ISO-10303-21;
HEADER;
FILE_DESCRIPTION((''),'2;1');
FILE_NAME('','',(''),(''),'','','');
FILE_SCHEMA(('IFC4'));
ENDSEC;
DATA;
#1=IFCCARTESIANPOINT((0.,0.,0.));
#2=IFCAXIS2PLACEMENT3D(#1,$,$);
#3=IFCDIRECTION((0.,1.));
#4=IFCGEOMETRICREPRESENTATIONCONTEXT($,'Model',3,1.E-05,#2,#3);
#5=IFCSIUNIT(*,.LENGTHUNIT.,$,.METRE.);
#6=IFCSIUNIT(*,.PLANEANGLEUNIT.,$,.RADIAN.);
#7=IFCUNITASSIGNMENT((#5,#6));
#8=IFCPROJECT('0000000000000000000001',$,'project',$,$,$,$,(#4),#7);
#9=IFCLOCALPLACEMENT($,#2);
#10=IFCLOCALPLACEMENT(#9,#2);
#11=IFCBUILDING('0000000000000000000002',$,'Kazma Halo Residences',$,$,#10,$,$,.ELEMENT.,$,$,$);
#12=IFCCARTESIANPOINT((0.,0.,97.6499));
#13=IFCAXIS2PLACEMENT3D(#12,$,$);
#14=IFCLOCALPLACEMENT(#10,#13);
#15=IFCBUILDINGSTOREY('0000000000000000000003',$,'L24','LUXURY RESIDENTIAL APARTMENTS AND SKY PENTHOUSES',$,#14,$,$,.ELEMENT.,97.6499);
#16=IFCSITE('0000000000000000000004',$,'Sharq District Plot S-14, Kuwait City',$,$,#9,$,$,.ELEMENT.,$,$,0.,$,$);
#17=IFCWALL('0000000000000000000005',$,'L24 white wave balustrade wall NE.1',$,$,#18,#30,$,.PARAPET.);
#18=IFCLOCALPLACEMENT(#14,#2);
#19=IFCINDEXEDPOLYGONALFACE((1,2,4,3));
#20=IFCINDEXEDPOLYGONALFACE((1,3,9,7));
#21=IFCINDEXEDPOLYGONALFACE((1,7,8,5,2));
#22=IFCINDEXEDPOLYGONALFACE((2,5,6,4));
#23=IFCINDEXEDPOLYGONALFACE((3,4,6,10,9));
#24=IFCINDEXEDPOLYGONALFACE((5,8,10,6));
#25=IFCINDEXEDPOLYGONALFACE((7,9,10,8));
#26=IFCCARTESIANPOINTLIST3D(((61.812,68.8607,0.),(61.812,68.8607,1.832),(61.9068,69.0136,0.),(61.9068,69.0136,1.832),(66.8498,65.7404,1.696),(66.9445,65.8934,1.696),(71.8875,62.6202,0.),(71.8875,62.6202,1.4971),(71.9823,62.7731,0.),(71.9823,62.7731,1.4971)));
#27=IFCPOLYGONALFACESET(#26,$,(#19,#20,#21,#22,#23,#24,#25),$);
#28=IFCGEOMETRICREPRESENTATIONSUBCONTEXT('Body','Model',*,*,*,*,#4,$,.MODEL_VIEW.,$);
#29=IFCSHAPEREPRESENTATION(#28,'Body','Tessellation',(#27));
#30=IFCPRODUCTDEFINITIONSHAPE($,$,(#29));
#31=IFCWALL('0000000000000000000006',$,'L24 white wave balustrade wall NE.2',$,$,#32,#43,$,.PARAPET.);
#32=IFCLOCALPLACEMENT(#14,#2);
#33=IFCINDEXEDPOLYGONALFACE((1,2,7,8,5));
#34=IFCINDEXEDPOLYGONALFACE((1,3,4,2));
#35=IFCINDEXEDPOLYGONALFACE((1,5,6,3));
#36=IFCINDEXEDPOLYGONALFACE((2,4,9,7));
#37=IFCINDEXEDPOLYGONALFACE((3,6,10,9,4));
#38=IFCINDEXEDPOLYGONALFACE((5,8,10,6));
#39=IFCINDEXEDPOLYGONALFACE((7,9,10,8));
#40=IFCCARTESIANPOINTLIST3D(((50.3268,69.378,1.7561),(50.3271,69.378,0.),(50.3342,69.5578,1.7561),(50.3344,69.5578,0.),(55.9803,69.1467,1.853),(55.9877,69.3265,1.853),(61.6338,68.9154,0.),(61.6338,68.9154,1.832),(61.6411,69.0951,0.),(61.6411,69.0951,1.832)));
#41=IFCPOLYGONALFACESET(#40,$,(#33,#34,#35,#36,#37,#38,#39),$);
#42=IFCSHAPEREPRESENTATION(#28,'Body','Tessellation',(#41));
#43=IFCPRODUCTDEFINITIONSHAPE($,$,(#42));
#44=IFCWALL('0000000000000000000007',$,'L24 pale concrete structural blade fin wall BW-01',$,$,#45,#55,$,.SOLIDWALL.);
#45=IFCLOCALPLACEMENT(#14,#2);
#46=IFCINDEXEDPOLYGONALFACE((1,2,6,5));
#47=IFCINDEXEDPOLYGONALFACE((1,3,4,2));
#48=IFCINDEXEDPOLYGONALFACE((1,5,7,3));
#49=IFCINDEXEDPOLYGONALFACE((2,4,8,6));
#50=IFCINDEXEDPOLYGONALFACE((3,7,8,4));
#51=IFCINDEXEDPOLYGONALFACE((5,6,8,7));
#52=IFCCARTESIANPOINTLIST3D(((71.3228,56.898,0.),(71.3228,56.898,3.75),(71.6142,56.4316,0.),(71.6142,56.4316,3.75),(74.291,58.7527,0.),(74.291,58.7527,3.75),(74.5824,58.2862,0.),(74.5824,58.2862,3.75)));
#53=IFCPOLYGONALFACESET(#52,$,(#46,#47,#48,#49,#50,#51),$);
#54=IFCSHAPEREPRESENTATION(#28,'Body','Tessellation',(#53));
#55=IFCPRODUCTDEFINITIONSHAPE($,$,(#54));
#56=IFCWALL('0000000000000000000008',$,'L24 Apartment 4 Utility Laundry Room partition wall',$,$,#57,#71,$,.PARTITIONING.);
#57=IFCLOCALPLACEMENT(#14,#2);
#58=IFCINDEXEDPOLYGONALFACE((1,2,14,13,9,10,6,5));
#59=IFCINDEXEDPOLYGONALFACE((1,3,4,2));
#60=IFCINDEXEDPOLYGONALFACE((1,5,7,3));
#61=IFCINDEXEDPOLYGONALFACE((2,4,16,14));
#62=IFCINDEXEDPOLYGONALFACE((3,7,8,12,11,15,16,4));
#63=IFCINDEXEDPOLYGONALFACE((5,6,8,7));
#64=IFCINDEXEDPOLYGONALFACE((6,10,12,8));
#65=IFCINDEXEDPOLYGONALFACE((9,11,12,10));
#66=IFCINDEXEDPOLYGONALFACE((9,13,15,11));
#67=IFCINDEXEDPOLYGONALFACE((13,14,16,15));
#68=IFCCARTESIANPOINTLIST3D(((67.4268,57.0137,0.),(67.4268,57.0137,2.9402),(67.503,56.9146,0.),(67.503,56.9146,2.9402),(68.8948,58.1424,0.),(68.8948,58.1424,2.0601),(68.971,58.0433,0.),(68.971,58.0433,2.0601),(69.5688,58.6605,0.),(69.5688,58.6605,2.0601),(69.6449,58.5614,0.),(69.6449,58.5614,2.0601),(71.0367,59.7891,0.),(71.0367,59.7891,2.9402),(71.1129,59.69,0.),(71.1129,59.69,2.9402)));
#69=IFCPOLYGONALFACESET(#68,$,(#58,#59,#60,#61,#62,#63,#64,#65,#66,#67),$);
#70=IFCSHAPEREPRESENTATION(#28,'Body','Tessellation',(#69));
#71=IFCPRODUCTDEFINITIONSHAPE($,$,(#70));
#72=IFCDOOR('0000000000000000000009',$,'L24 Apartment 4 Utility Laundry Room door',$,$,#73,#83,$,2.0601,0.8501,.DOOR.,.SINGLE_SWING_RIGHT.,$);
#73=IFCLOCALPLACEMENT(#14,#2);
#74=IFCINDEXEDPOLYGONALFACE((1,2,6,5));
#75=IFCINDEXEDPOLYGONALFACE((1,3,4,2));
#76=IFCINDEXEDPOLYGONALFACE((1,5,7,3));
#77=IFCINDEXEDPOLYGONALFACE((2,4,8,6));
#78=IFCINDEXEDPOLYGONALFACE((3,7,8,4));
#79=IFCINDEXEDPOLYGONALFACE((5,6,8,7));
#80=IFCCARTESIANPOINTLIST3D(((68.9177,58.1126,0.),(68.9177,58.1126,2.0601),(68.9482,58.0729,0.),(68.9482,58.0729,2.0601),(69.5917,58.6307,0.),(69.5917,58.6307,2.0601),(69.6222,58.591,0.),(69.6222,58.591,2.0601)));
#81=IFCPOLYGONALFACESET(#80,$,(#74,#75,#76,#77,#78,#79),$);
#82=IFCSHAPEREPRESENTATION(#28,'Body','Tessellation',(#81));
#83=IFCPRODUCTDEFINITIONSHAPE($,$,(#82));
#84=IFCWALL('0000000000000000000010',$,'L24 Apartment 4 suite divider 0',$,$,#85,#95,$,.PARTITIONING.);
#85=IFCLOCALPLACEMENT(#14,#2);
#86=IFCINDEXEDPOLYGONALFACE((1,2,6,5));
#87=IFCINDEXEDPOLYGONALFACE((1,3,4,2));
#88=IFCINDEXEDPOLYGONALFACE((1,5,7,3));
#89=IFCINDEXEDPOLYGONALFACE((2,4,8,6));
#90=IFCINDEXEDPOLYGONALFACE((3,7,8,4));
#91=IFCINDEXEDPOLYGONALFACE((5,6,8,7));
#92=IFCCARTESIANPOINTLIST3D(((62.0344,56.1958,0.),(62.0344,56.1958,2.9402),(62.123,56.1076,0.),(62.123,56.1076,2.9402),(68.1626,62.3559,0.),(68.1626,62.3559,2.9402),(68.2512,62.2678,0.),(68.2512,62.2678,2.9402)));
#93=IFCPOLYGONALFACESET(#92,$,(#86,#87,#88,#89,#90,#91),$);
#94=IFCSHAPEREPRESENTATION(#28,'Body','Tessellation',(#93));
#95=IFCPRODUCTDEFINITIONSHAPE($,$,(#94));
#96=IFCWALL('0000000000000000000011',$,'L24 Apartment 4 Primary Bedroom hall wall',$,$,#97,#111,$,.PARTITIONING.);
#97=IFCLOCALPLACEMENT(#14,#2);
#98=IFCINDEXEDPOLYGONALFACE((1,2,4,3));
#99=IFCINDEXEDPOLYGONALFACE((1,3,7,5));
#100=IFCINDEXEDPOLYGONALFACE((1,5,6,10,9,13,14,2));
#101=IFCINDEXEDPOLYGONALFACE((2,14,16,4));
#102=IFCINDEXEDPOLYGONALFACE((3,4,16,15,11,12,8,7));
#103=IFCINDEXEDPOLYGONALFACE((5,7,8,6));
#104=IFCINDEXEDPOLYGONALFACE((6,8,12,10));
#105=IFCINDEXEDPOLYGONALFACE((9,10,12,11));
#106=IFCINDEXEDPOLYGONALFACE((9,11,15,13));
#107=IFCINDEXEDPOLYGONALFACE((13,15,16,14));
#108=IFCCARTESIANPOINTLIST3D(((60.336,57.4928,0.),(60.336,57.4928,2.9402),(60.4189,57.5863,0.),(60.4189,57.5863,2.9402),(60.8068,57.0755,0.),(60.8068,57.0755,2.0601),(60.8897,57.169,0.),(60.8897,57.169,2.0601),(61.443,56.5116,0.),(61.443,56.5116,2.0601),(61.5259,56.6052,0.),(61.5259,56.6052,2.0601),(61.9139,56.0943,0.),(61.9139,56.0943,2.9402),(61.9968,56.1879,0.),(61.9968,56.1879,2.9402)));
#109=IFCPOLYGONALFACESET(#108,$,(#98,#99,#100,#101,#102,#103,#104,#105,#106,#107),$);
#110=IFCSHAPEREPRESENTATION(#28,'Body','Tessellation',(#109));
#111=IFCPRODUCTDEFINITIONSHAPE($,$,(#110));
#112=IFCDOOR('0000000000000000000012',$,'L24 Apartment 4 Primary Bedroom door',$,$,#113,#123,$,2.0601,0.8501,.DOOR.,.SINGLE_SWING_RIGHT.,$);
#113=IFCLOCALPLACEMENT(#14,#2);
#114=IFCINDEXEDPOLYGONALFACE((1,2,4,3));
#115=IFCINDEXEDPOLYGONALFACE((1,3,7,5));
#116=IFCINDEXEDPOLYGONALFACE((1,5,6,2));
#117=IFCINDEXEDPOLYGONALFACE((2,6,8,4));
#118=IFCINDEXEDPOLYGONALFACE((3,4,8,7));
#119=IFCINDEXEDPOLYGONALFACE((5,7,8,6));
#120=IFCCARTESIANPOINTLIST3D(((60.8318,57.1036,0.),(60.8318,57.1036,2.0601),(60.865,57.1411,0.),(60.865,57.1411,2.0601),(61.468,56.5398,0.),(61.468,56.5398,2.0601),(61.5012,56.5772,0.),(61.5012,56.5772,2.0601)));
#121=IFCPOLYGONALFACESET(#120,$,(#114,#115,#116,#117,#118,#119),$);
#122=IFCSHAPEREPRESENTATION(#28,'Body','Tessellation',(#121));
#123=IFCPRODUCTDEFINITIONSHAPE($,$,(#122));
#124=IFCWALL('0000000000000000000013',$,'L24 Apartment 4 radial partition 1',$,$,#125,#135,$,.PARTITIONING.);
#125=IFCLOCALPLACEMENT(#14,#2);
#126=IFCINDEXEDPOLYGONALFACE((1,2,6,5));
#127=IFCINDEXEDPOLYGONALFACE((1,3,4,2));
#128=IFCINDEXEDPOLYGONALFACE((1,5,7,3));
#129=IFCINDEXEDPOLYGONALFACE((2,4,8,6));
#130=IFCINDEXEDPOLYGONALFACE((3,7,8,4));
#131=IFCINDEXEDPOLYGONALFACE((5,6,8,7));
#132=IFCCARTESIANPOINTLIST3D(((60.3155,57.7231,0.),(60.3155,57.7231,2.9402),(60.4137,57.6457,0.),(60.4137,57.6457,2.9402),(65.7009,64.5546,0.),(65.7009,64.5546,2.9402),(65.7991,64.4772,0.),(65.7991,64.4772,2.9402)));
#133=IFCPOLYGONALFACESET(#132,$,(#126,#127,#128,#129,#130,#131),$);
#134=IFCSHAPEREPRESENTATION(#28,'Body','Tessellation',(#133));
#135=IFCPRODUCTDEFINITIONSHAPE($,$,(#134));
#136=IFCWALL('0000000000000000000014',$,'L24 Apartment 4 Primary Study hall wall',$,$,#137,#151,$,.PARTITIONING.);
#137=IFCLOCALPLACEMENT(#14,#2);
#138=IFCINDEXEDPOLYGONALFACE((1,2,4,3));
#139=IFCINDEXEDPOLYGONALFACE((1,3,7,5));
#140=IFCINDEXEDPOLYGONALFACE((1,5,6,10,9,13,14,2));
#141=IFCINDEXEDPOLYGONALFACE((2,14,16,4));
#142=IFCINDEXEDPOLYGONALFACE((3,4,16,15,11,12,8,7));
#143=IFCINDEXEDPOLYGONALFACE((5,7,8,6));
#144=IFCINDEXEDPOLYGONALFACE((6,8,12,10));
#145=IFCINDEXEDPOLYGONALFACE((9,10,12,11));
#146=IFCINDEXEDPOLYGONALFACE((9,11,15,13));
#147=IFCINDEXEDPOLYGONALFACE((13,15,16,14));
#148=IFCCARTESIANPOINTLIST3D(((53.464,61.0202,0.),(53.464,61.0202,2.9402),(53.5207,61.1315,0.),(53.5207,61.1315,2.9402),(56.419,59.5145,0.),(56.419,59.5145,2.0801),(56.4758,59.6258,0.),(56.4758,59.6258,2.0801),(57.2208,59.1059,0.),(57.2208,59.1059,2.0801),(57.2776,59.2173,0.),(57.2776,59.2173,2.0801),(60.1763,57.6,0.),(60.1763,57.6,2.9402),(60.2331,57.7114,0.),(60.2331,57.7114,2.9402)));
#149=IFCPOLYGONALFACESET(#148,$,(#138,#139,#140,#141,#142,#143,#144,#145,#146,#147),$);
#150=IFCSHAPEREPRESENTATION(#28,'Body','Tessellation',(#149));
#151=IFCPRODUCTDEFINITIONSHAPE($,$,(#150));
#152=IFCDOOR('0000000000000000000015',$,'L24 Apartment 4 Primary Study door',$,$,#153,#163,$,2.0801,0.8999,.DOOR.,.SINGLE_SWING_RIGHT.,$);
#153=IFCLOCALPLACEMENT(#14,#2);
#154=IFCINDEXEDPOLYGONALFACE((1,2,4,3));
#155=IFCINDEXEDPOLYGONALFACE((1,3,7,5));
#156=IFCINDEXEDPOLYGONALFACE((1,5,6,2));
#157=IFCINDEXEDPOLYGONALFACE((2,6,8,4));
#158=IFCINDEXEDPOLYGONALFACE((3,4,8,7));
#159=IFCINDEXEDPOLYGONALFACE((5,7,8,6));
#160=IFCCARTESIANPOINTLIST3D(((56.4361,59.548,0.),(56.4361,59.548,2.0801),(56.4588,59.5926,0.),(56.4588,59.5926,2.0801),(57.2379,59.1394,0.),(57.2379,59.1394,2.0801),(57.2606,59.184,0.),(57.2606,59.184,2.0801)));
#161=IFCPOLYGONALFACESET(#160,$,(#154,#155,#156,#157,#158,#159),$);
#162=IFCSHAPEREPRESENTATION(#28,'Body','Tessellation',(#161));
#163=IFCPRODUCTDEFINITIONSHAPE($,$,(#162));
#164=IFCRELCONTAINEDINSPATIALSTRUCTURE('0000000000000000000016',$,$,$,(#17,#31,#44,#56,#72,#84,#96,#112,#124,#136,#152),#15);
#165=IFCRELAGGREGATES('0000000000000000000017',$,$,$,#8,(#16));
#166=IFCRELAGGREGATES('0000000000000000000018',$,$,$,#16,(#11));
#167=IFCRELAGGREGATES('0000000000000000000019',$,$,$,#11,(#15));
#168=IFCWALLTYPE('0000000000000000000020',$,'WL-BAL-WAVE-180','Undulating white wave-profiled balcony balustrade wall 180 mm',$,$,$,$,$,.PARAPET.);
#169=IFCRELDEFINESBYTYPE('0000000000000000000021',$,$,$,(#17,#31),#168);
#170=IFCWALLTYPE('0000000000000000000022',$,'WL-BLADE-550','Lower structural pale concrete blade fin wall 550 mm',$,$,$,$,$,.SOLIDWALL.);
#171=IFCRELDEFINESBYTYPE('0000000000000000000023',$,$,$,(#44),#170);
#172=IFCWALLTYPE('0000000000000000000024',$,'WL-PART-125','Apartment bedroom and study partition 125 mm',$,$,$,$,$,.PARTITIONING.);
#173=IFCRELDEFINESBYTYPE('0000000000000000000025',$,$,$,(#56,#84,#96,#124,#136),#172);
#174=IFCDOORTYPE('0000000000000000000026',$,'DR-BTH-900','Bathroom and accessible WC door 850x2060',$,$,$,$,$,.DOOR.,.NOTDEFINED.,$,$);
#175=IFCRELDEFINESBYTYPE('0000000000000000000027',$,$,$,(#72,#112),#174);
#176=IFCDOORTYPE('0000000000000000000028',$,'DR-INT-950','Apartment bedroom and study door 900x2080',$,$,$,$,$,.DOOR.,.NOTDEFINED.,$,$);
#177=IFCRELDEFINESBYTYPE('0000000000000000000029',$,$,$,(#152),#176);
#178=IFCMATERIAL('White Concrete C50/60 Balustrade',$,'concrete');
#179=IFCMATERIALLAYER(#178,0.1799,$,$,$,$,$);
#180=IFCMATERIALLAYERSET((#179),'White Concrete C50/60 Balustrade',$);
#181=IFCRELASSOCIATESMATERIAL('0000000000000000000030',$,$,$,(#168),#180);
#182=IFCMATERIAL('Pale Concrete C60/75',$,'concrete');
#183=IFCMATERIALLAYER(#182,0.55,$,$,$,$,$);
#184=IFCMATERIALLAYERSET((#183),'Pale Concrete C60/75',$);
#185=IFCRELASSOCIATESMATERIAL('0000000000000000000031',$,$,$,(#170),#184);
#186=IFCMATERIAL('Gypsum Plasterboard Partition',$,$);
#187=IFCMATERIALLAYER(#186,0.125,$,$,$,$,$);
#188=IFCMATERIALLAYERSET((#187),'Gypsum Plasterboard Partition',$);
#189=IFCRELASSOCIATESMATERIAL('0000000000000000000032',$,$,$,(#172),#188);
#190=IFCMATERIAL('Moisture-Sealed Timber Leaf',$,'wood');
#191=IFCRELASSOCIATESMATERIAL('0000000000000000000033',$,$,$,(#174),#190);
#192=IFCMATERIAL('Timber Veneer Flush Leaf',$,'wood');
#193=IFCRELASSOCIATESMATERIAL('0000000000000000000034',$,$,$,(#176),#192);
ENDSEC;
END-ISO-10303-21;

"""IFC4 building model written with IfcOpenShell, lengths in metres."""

from ifc_helpers import new_model, si_unit, direction, frame, frame_2d, origin, place, context, subcontext, project, spatial, polyline, rectangle, outline, extrude, material, layer, layer_set, type_object, element, fill, save


model = new_model("IFC4")

# Units and contexts
model_context = context("Model", 3, precision=1e-05, world=origin(), true_north=direction((0.0, 1.0)))
body_context = subcontext(model_context, "Body", "Model", "MODEL_VIEW")
ifc_project = project(units=[si_unit("LENGTHUNIT", "METRE"), si_unit("PLANEANGLEUNIT", "RADIAN")], contexts=[model_context])

# Site, building, storey
site_placement = place(None, origin())
site = spatial("IfcSite", under=ifc_project, at=site_placement, Name="Sharq District Plot S-14, Kuwait City", CompositionType="ELEMENT", RefElevation=0.0)
building_placement = place(site_placement, origin())
building = spatial("IfcBuilding", under=site, at=building_placement, Name="Kazma Halo Residences", CompositionType="ELEMENT")
storey_placement = place(building_placement, frame((0.0, 0.0, 97.6499)))
storey = spatial("IfcBuildingStorey", under=building, at=storey_placement, Name="L24", Description="LUXURY RESIDENTIAL APARTMENTS AND SKY PENTHOUSES", CompositionType="ELEMENT", Elevation=97.6499)

# Walls
ifc_material_1 = material(Name="White Concrete C50/60 Balustrade", Category="concrete")
ifc_layer_1 = layer(ifc_material_1, 0.1799)
ifc_layer_set_1 = layer_set([ifc_layer_1], Name="White Concrete C50/60 Balustrade")
wall_type_1 = type_object("IfcWallType", Name="WL-BAL-WAVE-180", Description="Undulating white wave-profiled balcony balustrade wall 180 mm", PredefinedType="PARAPET", material=ifc_layer_set_1)
wall_1_placement = place(storey_placement, frame((71.9348, 62.6965, 0.0), z_axis=(0.0, 0.0, 1.0), x_axis=(-0.85014, 0.526556, 0.0)))
element("IfcWall", 1, at=wall_1_placement, inside=storey, type_object=wall_type_1, Name="L24 white wave balustrade wall NE.1", PredefinedType="PARAPET", context=body_context, shape_type="SweptSolid", body=[
    extrude(outline(polyline([(0.0, 0.0), (11.8516, 0.0), (11.8516, 1.832), (5.9258, 1.696), (0.0, 1.4971), (0.0, 0.0)])), frame((0.0, 0.0898, 0.0), z_axis=(0.0, -1.0, 0.0), x_axis=(1.0, 0.0, 0.0)), (0.0, 0.0, 1.0), 0.1799),
])
wall_2_placement = place(storey_placement, frame((61.6375, 69.0051, 0.0), z_axis=(0.0, 0.0, 1.0), x_axis=(-0.999164, 0.040884, 0.0)))
element("IfcWall", 2, at=wall_2_placement, inside=storey, type_object=wall_type_1, Name="L24 white wave balustrade wall NE.2", PredefinedType="PARAPET", context=body_context, shape_type="SweptSolid", body=[
    extrude(outline(polyline([(0.0, 0.0), (11.3162, 0.0), (11.3164, 1.7561), (5.6582, 1.853), (0.0, 1.832), (0.0, 0.0)])), frame((0.0, 0.0898, 0.0), z_axis=(0.0, -1.0, 0.0), x_axis=(1.0, 0.0, 0.0)), (0.0, 0.0, 1.0), 0.1799),
])
ifc_material_2 = material(Name="Pale Concrete C60/75", Category="concrete")
ifc_layer_2 = layer(ifc_material_2, 0.55)
ifc_layer_set_2 = layer_set([ifc_layer_2], Name="Pale Concrete C60/75")
wall_type_2 = type_object("IfcWallType", Name="WL-BLADE-550", Description="Lower structural pale concrete blade fin wall 550 mm", PredefinedType="SOLIDWALL", material=ifc_layer_set_2)
wall_3_placement = place(storey_placement, frame((71.4685, 56.6648, 0.0), z_axis=(0.0, 0.0, 1.0), x_axis=(0.848053, 0.529911, 0.0)))
element("IfcWall", 3, at=wall_3_placement, inside=storey, type_object=wall_type_2, Name="L24 pale concrete structural blade fin wall BW-01", PredefinedType="SOLIDWALL", context=body_context, shape_type="SweptSolid", body=[
    extrude(rectangle(XDim=3.5, YDim=0.55, at=frame_2d((1.75, 0.0))), origin(), (0.0, 0.0, 1.0), 3.75),
])

# Wall, opening, door
ifc_material_3 = material(Name="Gypsum Plasterboard Partition")
ifc_layer_3 = layer(ifc_material_3, 0.125)
ifc_layer_set_3 = layer_set([ifc_layer_3], Name="Gypsum Plasterboard Partition")
wall_type_3 = type_object("IfcWallType", Name="WL-PART-125", Description="Apartment bedroom and study partition 125 mm", PredefinedType="PARTITIONING", material=ifc_layer_set_3)
wall_4_placement = place(storey_placement, frame((67.4648, 56.9641, 0.0), z_axis=(0.0, 0.0, 1.0), x_axis=(0.792775, 0.609514, 0.0)))
wall_4 = element("IfcWall", 4, at=wall_4_placement, inside=storey, type_object=wall_type_3, Name="L24 Apartment 4 Utility Laundry Room partition wall", PredefinedType="PARTITIONING", context=body_context, shape_type="SweptSolid", body=[
    extrude(rectangle(XDim=4.5535, YDim=0.125, at=frame_2d((2.2769, 0.0))), origin(), (0.0, 0.0, 1.0), 2.9402),
])
opening_1_placement = place(wall_4_placement, frame((1.8518, 0.0, 0.0)))
opening_1 = element("IfcOpeningElement", 5, at=opening_1_placement, cuts=wall_4, PredefinedType="OPENING", context=body_context, shape_type="SweptSolid", body=[
    extrude(rectangle(XDim=0.8501, YDim=2.0601, at=frame_2d((0.425, 1.03))), frame((0.0, 0.0725, 0.0), z_axis=(0.0, -1.0, 0.0), x_axis=(1.0, 0.0, 0.0)), (0.0, 0.0, 1.0), 0.145),
])
ifc_material_4 = material(Name="Moisture-Sealed Timber Leaf", Category="wood")
door_type_1 = type_object("IfcDoorType", Name="DR-BTH-900", Description="Bathroom and accessible WC door 850x2060", OperationType="NOTDEFINED", PredefinedType="DOOR", material=ifc_material_4)
door_1_placement = place(opening_1_placement, origin())
door_1 = element("IfcDoor", 6, at=door_1_placement, inside=storey, type_object=door_type_1, Name="L24 Apartment 4 Utility Laundry Room door", OperationType="SINGLE_SWING_RIGHT", OverallHeight=2.0601, OverallWidth=0.8501, PredefinedType="DOOR", context=body_context, shape_type="SweptSolid", body=[
    extrude(rectangle(XDim=0.8501, YDim=2.0601, at=frame_2d((0.425, 1.03))), frame((0.0, 0.0249, 0.0), z_axis=(0.0, -1.0, 0.0), x_axis=(1.0, 0.0, 0.0)), (0.0, 0.0, 1.0), 0.05),
])
fill(opening_1, door_1)

# Wall
wall_5_placement = place(storey_placement, frame((62.0786, 56.1516, 0.0), z_axis=(0.0, 0.0, 1.0), x_axis=(0.705264, 0.708945, 0.0)))
element("IfcWall", 7, at=wall_5_placement, inside=storey, type_object=wall_type_3, Name="L24 Apartment 4 suite divider 0", PredefinedType="PARTITIONING", context=body_context, shape_type="SweptSolid", body=[
    extrude(rectangle(XDim=8.6892, YDim=0.125, at=frame_2d((4.3447, 0.0))), origin(), (0.0, 0.0, 1.0), 2.9402),
])

# Wall, opening, door
wall_6_placement = place(storey_placement, frame((61.9553, 56.1411, 0.0), z_axis=(0.0, 0.0, 1.0), x_axis=(-0.74838, 0.663271, 0.0)))
wall_6 = element("IfcWall", 8, at=wall_6_placement, inside=storey, type_object=wall_type_3, Name="L24 Apartment 4 Primary Bedroom hall wall", PredefinedType="PARTITIONING", context=body_context, shape_type="SweptSolid", body=[
    extrude(rectangle(XDim=2.1084, YDim=0.125, at=frame_2d((1.0542, 0.0))), origin(), (0.0, 0.0, 1.0), 2.9402),
])
opening_2_placement = place(wall_6_placement, frame((0.6292, 0.0, 0.0)))
opening_2 = element("IfcOpeningElement", 9, at=opening_2_placement, cuts=wall_6, PredefinedType="OPENING", context=body_context, shape_type="SweptSolid", body=[
    extrude(rectangle(XDim=0.8501, YDim=2.0601, at=frame_2d((0.425, 1.03))), frame((0.0, 0.0725, 0.0), z_axis=(0.0, -1.0, 0.0), x_axis=(1.0, 0.0, 0.0)), (0.0, 0.0, 1.0), 0.145),
])
door_2_placement = place(opening_2_placement, origin())
door_2 = element("IfcDoor", 10, at=door_2_placement, inside=storey, type_object=door_type_1, Name="L24 Apartment 4 Primary Bedroom door", OperationType="SINGLE_SWING_RIGHT", OverallHeight=2.0601, OverallWidth=0.8501, PredefinedType="DOOR", context=body_context, shape_type="SweptSolid", body=[
    extrude(rectangle(XDim=0.8501, YDim=2.0601, at=frame_2d((0.425, 1.03))), frame((0.0, 0.0249, 0.0), z_axis=(0.0, -1.0, 0.0), x_axis=(1.0, 0.0, 0.0)), (0.0, 0.0, 1.0), 0.05),
])
fill(opening_2, door_2)

# Wall
wall_7_placement = place(storey_placement, frame((60.3645, 57.6843, 0.0), z_axis=(0.0, 0.0, 1.0), x_axis=(0.61909, 0.78532, 0.0)))
element("IfcWall", 11, at=wall_7_placement, inside=storey, type_object=wall_type_3, Name="L24 Apartment 4 radial partition 1", PredefinedType="PARTITIONING", context=body_context, shape_type="SweptSolid", body=[
    extrude(rectangle(XDim=8.699, YDim=0.125, at=frame_2d((4.3496, 0.0))), origin(), (0.0, 0.0, 1.0), 2.9402),
])

# Wall, opening, door
wall_8_placement = place(storey_placement, frame((60.2046, 57.6558, 0.0), z_axis=(0.0, 0.0, 1.0), x_axis=(-0.891005, 0.453993, 0.0)))
wall_8 = element("IfcWall", 12, at=wall_8_placement, inside=storey, type_object=wall_type_3, Name="L24 Apartment 4 Primary Study hall wall", PredefinedType="PARTITIONING", context=body_context, shape_type="SweptSolid", body=[
    extrude(rectangle(XDim=7.5334, YDim=0.125, at=frame_2d((3.7666, 0.0))), origin(), (0.0, 0.0, 1.0), 2.9402),
])
opening_3_placement = place(wall_8_placement, frame((3.3169, 0.0, 0.0)))
opening_3 = element("IfcOpeningElement", 13, at=opening_3_placement, cuts=wall_8, PredefinedType="OPENING", context=body_context, shape_type="SweptSolid", body=[
    extrude(rectangle(XDim=0.8999, YDim=2.0801, at=frame_2d((0.45, 1.04))), frame((0.0, 0.0725, 0.0), z_axis=(0.0, -1.0, 0.0), x_axis=(1.0, 0.0, 0.0)), (0.0, 0.0, 1.0), 0.145),
])
ifc_material_5 = material(Name="Timber Veneer Flush Leaf", Category="wood")
door_type_2 = type_object("IfcDoorType", Name="DR-INT-950", Description="Apartment bedroom and study door 900x2080", OperationType="NOTDEFINED", PredefinedType="DOOR", material=ifc_material_5)
door_3_placement = place(opening_3_placement, origin())
door_3 = element("IfcDoor", 14, at=door_3_placement, inside=storey, type_object=door_type_2, Name="L24 Apartment 4 Primary Study door", OperationType="SINGLE_SWING_RIGHT", OverallHeight=2.0801, OverallWidth=0.8999, PredefinedType="DOOR", context=body_context, shape_type="SweptSolid", body=[
    extrude(rectangle(XDim=0.8999, YDim=2.0801, at=frame_2d((0.45, 1.04))), frame((0.0, 0.0249, 0.0), z_axis=(0.0, -1.0, 0.0), x_axis=(1.0, 0.0, 0.0)), (0.0, 0.0, 1.0), 0.05),
])
fill(opening_3, door_3)

save(model, "model.ifc")
